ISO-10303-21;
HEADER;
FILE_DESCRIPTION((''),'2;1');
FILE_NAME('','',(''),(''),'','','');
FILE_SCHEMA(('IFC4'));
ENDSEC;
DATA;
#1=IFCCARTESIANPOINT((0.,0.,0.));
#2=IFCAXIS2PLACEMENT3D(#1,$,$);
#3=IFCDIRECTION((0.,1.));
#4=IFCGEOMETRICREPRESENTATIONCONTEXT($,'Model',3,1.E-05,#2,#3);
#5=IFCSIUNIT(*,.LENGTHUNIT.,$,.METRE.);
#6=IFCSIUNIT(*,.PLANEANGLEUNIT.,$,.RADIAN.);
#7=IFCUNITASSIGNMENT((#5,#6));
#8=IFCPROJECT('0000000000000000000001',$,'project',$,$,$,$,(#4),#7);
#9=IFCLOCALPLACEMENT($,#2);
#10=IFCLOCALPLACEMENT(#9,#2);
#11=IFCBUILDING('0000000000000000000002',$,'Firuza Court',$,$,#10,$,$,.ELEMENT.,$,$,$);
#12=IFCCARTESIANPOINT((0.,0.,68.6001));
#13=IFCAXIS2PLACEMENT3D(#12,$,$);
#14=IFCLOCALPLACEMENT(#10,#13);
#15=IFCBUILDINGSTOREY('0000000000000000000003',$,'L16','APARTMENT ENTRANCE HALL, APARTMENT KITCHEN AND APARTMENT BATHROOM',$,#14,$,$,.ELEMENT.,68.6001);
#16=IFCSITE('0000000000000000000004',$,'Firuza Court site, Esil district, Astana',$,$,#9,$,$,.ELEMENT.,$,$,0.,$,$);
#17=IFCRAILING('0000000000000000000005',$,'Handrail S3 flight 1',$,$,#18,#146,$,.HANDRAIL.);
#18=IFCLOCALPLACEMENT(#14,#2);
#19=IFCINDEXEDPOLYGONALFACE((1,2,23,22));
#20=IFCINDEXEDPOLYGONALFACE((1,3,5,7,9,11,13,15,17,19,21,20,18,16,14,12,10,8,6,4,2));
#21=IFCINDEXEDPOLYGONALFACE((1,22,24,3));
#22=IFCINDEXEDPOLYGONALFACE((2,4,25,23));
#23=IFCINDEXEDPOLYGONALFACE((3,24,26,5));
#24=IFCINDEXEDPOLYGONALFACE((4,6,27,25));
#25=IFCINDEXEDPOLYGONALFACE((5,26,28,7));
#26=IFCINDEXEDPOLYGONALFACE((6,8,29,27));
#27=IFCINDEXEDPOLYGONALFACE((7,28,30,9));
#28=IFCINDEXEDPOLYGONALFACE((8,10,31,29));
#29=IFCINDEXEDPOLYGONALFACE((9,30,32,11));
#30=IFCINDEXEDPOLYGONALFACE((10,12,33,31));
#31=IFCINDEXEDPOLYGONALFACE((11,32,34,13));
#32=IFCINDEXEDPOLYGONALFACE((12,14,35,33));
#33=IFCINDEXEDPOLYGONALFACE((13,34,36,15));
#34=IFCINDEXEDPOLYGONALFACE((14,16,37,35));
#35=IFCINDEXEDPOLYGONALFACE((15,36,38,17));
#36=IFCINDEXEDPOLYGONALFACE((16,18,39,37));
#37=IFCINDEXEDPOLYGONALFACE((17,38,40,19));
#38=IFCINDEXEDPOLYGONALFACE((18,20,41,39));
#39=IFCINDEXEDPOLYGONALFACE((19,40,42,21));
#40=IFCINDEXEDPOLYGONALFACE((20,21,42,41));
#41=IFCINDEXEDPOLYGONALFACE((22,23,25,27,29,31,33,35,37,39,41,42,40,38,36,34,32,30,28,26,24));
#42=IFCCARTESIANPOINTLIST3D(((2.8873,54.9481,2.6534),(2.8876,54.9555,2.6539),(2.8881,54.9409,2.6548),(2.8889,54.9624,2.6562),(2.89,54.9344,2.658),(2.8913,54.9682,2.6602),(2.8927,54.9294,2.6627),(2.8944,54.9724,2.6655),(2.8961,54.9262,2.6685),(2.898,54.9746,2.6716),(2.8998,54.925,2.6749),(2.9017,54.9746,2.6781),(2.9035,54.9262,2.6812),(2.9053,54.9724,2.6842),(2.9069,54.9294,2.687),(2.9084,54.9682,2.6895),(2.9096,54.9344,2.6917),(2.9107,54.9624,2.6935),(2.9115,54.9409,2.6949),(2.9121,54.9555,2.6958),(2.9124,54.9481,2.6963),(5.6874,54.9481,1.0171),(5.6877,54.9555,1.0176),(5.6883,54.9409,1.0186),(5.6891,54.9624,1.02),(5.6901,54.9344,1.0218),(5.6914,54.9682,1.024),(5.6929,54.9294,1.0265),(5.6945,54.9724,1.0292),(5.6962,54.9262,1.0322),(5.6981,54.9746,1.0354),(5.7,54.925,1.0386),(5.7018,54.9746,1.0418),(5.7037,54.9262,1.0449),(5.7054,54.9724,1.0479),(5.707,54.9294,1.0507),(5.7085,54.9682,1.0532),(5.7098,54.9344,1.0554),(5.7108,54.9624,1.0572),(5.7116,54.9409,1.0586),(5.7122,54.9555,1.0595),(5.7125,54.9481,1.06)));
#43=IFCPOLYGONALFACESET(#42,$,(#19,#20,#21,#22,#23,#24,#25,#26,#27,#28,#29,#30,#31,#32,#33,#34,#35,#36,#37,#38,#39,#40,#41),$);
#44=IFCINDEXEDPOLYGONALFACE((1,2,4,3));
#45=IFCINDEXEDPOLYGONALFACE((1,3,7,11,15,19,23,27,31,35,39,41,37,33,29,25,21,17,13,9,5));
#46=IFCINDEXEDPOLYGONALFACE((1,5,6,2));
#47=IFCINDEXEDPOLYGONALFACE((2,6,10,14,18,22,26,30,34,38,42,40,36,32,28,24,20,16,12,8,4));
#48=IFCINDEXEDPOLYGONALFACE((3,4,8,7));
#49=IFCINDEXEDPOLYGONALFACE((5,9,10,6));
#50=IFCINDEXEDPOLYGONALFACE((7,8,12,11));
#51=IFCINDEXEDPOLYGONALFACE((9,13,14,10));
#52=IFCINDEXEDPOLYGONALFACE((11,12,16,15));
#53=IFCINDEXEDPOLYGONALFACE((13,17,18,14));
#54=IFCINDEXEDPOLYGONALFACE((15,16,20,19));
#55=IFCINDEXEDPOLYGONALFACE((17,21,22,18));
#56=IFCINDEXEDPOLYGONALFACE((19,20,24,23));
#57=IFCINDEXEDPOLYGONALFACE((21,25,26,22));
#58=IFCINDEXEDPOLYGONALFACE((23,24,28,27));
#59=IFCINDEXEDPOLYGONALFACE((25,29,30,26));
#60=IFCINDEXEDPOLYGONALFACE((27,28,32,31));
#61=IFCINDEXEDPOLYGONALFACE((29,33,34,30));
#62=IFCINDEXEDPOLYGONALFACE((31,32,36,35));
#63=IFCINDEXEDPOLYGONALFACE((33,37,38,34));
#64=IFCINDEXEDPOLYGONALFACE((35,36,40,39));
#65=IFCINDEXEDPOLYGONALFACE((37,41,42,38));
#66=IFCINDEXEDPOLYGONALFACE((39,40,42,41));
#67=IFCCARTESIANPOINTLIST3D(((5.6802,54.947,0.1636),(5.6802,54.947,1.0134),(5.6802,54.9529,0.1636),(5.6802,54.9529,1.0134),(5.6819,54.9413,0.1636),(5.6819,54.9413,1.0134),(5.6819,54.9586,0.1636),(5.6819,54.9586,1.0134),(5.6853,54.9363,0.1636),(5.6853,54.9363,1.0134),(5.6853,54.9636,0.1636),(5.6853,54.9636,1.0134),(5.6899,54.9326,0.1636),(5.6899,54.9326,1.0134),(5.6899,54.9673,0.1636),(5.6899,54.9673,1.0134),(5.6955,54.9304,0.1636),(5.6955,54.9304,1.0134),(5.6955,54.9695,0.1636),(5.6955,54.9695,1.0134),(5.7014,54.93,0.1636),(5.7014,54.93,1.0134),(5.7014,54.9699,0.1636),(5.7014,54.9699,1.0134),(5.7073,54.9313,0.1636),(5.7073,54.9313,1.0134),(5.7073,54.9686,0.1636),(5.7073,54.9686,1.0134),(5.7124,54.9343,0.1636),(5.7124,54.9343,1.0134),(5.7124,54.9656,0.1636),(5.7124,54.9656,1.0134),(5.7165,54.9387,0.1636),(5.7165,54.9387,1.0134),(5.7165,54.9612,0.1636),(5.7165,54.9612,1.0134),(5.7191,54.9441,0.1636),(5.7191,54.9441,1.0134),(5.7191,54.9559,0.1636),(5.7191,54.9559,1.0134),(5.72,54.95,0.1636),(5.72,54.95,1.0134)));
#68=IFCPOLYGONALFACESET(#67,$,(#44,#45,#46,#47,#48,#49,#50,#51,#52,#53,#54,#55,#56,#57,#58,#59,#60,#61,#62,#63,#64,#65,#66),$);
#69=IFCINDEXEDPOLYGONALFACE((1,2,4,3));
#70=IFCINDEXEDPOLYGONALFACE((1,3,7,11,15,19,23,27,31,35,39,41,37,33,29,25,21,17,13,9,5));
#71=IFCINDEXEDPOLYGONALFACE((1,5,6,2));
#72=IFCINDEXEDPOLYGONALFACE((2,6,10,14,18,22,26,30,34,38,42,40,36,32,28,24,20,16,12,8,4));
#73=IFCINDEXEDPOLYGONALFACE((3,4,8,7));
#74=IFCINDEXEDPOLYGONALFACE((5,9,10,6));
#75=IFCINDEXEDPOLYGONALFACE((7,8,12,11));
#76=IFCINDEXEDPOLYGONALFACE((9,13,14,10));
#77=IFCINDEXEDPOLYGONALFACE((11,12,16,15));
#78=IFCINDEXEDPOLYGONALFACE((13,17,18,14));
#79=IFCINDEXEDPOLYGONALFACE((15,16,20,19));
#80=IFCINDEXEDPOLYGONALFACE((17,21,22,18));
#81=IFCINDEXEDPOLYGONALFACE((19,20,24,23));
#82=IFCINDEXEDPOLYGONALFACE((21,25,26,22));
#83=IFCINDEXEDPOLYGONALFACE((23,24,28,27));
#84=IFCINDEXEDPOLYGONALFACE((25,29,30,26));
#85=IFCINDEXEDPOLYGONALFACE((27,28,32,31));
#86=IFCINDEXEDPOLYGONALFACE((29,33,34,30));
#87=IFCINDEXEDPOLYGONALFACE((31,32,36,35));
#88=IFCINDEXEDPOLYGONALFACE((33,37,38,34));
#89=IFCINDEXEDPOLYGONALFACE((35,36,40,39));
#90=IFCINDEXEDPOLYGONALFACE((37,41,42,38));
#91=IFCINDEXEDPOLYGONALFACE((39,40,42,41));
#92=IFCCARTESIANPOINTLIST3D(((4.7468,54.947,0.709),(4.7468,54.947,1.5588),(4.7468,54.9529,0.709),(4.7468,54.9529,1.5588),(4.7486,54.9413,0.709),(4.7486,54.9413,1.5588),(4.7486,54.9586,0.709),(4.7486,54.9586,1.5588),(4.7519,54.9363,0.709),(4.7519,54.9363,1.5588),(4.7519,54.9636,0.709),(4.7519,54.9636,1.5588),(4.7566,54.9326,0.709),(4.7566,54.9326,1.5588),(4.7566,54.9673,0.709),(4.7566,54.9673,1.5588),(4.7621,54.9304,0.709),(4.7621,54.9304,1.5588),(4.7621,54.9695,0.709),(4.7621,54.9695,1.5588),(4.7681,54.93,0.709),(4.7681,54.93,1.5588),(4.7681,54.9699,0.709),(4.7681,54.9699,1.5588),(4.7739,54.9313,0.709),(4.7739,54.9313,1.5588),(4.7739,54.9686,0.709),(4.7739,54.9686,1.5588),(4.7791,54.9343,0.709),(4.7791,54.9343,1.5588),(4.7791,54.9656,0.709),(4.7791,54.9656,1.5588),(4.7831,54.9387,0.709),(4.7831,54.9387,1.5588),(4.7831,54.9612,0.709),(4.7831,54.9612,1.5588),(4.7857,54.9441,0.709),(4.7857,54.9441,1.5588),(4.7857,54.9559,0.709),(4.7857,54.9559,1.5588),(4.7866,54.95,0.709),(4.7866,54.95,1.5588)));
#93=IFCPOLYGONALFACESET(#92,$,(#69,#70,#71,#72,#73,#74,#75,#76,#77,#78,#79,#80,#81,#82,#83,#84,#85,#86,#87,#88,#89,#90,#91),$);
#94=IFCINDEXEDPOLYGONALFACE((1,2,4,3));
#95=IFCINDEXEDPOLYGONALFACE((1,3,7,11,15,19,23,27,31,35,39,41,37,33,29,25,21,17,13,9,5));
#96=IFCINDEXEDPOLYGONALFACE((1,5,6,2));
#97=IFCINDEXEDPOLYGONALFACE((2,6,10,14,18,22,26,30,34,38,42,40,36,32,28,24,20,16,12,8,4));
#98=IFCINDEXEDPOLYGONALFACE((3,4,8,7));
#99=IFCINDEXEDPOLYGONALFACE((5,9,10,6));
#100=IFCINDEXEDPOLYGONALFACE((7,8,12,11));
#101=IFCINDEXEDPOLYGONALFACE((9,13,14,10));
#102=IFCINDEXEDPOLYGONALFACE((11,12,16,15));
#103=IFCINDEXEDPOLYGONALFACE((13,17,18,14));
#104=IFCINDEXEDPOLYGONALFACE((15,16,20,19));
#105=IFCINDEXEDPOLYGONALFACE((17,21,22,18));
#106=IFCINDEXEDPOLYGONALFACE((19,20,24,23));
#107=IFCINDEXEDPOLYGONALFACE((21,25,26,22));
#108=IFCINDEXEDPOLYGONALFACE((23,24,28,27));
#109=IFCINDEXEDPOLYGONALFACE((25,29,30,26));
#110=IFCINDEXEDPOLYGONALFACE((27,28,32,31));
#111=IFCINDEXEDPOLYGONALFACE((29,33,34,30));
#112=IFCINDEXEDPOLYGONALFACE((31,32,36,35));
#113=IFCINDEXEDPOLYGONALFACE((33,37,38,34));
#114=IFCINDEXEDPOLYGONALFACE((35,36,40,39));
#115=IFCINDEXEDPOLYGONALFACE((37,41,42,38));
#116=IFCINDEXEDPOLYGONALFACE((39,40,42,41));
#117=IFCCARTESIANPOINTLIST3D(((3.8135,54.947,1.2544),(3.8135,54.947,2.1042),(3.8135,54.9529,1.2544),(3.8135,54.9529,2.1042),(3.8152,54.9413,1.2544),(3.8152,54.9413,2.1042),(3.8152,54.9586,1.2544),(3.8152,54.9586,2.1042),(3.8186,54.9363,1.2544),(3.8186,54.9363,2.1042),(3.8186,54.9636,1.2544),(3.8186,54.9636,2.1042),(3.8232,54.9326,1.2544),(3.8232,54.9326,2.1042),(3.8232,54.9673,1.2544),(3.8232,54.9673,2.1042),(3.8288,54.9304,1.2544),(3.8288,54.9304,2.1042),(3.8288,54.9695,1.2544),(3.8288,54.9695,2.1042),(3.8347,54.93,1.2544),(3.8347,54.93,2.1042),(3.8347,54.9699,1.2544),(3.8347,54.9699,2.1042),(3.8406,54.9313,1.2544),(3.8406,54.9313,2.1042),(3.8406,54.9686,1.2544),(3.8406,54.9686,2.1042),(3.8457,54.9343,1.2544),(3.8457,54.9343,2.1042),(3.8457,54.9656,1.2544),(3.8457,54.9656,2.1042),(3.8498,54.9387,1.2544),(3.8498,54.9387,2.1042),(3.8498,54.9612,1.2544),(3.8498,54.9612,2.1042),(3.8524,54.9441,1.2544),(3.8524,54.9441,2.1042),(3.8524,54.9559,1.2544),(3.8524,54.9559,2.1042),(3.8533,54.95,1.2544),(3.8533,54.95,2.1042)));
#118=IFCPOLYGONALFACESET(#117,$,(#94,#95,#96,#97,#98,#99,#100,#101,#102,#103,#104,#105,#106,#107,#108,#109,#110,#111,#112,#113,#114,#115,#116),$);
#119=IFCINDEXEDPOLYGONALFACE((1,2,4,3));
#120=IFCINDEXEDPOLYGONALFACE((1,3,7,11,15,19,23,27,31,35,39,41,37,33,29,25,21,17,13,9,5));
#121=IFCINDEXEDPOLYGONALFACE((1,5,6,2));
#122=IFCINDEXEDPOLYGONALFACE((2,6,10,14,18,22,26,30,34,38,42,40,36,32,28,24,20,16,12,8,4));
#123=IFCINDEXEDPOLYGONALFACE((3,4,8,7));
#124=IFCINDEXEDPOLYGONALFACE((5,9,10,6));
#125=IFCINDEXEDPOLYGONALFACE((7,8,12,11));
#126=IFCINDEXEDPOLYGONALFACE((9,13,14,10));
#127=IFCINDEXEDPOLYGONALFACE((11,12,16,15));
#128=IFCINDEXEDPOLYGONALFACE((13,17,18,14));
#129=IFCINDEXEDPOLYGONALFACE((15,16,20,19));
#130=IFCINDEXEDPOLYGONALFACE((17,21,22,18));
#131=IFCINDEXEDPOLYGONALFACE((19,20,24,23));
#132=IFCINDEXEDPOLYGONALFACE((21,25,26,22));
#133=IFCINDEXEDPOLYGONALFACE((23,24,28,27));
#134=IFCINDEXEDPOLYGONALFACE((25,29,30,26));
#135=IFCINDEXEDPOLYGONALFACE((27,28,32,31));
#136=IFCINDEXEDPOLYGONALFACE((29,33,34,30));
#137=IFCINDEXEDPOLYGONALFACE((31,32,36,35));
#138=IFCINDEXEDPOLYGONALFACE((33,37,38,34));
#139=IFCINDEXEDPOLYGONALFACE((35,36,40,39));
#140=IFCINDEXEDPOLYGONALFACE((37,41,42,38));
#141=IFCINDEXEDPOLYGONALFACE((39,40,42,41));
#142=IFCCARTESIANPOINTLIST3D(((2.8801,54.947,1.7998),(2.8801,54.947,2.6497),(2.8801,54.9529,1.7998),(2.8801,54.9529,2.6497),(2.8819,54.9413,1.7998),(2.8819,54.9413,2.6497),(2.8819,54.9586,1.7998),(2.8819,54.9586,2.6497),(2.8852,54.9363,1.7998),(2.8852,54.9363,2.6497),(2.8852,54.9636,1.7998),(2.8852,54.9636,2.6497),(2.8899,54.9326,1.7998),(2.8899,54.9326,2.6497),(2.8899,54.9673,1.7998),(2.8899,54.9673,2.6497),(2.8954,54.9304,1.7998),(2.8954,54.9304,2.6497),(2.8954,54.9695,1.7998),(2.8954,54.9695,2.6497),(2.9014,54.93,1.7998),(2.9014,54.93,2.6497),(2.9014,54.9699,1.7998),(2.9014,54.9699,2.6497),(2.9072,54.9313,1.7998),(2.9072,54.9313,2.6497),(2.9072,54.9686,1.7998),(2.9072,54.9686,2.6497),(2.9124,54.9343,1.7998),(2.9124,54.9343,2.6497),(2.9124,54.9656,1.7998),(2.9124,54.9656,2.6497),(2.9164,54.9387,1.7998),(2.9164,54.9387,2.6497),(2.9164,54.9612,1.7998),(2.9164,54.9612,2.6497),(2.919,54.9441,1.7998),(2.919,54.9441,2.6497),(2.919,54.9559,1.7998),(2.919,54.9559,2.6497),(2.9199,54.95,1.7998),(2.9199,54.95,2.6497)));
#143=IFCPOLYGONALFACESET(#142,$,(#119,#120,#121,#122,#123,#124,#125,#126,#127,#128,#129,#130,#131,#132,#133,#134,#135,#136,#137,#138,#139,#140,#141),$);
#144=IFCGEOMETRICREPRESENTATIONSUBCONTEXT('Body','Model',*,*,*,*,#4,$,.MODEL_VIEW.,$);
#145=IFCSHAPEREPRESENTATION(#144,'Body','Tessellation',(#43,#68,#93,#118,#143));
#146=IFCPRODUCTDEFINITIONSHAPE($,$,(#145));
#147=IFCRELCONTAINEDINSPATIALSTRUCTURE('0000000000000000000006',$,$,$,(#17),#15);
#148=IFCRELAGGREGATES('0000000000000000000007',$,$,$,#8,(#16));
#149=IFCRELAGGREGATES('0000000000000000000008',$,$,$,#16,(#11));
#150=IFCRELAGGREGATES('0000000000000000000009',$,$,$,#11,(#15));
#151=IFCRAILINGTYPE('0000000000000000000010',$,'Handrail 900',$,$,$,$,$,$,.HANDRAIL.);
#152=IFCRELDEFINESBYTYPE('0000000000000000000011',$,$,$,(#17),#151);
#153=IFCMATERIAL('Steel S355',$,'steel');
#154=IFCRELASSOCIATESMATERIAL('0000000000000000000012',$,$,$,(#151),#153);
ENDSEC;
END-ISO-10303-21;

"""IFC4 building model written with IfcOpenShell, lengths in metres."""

from ifc_helpers import new_model, si_unit, direction, frame, origin, origin_2d, place, context, subcontext, project, spatial, circle, extrude, material, type_object, element, save


model = new_model("IFC4")

# Units and contexts
model_context = context("Model", 3, precision=1e-05, world=origin(), true_north=direction((0.0, 1.0)))
body_context = subcontext(model_context, "Body", "Model", "MODEL_VIEW")
ifc_project = project(units=[si_unit("LENGTHUNIT", "METRE"), si_unit("PLANEANGLEUNIT", "RADIAN")], contexts=[model_context])

# Site, building, storey
site_placement = place(None, origin())
site = spatial("IfcSite", under=ifc_project, at=site_placement, Name="Firuza Court site, Esil district, Astana", CompositionType="ELEMENT", RefElevation=0.0)
building_placement = place(site_placement, origin())
building = spatial("IfcBuilding", under=site, at=building_placement, Name="Firuza Court", CompositionType="ELEMENT")
storey_placement = place(building_placement, frame((0.0, 0.0, 68.6001)))
storey = spatial("IfcBuildingStorey", under=building, at=storey_placement, Name="L16", Description="APARTMENT ENTRANCE HALL, APARTMENT KITCHEN AND APARTMENT BATHROOM", CompositionType="ELEMENT", Elevation=68.6001)

# Railing
ifc_material_1 = material(Name="Steel S355", Category="steel")
railing_type_1 = type_object("IfcRailingType", Name="Handrail 900", PredefinedType="HANDRAIL", material=ifc_material_1)
railing_1_placement = place(storey_placement, frame((5.7, 54.95, 0.1636)))
element("IfcRailing", 1, at=railing_1_placement, inside=storey, type_object=railing_type_1, Name="Handrail S3 flight 1", PredefinedType="HANDRAIL", context=body_context, shape_type="SweptSolid", body=[
    extrude(circle(Radius=0.0249, at=origin_2d()), frame((0.0, 0.0, 0.875), z_axis=(-0.863394, 0.0, 0.504531), x_axis=(0.0, -1.0, 0.0)), (0.0, 0.0, 1.0), 3.2432),
    extrude(circle(Radius=0.02, at=origin_2d()), origin(), (0.0, 0.0, 1.0), 0.8499),
    extrude(circle(Radius=0.02, at=origin_2d()), frame((-0.9333, 0.0, 0.5454)), (0.0, 0.0, 1.0), 0.8499),
    extrude(circle(Radius=0.02, at=origin_2d()), frame((-1.8667, 0.0, 1.0908)), (0.0, 0.0, 1.0), 0.8499),
    extrude(circle(Radius=0.02, at=origin_2d()), frame((-2.8, 0.0, 1.6362)), (0.0, 0.0, 1.0), 0.8499),
])

save(model, "model.ifc")
